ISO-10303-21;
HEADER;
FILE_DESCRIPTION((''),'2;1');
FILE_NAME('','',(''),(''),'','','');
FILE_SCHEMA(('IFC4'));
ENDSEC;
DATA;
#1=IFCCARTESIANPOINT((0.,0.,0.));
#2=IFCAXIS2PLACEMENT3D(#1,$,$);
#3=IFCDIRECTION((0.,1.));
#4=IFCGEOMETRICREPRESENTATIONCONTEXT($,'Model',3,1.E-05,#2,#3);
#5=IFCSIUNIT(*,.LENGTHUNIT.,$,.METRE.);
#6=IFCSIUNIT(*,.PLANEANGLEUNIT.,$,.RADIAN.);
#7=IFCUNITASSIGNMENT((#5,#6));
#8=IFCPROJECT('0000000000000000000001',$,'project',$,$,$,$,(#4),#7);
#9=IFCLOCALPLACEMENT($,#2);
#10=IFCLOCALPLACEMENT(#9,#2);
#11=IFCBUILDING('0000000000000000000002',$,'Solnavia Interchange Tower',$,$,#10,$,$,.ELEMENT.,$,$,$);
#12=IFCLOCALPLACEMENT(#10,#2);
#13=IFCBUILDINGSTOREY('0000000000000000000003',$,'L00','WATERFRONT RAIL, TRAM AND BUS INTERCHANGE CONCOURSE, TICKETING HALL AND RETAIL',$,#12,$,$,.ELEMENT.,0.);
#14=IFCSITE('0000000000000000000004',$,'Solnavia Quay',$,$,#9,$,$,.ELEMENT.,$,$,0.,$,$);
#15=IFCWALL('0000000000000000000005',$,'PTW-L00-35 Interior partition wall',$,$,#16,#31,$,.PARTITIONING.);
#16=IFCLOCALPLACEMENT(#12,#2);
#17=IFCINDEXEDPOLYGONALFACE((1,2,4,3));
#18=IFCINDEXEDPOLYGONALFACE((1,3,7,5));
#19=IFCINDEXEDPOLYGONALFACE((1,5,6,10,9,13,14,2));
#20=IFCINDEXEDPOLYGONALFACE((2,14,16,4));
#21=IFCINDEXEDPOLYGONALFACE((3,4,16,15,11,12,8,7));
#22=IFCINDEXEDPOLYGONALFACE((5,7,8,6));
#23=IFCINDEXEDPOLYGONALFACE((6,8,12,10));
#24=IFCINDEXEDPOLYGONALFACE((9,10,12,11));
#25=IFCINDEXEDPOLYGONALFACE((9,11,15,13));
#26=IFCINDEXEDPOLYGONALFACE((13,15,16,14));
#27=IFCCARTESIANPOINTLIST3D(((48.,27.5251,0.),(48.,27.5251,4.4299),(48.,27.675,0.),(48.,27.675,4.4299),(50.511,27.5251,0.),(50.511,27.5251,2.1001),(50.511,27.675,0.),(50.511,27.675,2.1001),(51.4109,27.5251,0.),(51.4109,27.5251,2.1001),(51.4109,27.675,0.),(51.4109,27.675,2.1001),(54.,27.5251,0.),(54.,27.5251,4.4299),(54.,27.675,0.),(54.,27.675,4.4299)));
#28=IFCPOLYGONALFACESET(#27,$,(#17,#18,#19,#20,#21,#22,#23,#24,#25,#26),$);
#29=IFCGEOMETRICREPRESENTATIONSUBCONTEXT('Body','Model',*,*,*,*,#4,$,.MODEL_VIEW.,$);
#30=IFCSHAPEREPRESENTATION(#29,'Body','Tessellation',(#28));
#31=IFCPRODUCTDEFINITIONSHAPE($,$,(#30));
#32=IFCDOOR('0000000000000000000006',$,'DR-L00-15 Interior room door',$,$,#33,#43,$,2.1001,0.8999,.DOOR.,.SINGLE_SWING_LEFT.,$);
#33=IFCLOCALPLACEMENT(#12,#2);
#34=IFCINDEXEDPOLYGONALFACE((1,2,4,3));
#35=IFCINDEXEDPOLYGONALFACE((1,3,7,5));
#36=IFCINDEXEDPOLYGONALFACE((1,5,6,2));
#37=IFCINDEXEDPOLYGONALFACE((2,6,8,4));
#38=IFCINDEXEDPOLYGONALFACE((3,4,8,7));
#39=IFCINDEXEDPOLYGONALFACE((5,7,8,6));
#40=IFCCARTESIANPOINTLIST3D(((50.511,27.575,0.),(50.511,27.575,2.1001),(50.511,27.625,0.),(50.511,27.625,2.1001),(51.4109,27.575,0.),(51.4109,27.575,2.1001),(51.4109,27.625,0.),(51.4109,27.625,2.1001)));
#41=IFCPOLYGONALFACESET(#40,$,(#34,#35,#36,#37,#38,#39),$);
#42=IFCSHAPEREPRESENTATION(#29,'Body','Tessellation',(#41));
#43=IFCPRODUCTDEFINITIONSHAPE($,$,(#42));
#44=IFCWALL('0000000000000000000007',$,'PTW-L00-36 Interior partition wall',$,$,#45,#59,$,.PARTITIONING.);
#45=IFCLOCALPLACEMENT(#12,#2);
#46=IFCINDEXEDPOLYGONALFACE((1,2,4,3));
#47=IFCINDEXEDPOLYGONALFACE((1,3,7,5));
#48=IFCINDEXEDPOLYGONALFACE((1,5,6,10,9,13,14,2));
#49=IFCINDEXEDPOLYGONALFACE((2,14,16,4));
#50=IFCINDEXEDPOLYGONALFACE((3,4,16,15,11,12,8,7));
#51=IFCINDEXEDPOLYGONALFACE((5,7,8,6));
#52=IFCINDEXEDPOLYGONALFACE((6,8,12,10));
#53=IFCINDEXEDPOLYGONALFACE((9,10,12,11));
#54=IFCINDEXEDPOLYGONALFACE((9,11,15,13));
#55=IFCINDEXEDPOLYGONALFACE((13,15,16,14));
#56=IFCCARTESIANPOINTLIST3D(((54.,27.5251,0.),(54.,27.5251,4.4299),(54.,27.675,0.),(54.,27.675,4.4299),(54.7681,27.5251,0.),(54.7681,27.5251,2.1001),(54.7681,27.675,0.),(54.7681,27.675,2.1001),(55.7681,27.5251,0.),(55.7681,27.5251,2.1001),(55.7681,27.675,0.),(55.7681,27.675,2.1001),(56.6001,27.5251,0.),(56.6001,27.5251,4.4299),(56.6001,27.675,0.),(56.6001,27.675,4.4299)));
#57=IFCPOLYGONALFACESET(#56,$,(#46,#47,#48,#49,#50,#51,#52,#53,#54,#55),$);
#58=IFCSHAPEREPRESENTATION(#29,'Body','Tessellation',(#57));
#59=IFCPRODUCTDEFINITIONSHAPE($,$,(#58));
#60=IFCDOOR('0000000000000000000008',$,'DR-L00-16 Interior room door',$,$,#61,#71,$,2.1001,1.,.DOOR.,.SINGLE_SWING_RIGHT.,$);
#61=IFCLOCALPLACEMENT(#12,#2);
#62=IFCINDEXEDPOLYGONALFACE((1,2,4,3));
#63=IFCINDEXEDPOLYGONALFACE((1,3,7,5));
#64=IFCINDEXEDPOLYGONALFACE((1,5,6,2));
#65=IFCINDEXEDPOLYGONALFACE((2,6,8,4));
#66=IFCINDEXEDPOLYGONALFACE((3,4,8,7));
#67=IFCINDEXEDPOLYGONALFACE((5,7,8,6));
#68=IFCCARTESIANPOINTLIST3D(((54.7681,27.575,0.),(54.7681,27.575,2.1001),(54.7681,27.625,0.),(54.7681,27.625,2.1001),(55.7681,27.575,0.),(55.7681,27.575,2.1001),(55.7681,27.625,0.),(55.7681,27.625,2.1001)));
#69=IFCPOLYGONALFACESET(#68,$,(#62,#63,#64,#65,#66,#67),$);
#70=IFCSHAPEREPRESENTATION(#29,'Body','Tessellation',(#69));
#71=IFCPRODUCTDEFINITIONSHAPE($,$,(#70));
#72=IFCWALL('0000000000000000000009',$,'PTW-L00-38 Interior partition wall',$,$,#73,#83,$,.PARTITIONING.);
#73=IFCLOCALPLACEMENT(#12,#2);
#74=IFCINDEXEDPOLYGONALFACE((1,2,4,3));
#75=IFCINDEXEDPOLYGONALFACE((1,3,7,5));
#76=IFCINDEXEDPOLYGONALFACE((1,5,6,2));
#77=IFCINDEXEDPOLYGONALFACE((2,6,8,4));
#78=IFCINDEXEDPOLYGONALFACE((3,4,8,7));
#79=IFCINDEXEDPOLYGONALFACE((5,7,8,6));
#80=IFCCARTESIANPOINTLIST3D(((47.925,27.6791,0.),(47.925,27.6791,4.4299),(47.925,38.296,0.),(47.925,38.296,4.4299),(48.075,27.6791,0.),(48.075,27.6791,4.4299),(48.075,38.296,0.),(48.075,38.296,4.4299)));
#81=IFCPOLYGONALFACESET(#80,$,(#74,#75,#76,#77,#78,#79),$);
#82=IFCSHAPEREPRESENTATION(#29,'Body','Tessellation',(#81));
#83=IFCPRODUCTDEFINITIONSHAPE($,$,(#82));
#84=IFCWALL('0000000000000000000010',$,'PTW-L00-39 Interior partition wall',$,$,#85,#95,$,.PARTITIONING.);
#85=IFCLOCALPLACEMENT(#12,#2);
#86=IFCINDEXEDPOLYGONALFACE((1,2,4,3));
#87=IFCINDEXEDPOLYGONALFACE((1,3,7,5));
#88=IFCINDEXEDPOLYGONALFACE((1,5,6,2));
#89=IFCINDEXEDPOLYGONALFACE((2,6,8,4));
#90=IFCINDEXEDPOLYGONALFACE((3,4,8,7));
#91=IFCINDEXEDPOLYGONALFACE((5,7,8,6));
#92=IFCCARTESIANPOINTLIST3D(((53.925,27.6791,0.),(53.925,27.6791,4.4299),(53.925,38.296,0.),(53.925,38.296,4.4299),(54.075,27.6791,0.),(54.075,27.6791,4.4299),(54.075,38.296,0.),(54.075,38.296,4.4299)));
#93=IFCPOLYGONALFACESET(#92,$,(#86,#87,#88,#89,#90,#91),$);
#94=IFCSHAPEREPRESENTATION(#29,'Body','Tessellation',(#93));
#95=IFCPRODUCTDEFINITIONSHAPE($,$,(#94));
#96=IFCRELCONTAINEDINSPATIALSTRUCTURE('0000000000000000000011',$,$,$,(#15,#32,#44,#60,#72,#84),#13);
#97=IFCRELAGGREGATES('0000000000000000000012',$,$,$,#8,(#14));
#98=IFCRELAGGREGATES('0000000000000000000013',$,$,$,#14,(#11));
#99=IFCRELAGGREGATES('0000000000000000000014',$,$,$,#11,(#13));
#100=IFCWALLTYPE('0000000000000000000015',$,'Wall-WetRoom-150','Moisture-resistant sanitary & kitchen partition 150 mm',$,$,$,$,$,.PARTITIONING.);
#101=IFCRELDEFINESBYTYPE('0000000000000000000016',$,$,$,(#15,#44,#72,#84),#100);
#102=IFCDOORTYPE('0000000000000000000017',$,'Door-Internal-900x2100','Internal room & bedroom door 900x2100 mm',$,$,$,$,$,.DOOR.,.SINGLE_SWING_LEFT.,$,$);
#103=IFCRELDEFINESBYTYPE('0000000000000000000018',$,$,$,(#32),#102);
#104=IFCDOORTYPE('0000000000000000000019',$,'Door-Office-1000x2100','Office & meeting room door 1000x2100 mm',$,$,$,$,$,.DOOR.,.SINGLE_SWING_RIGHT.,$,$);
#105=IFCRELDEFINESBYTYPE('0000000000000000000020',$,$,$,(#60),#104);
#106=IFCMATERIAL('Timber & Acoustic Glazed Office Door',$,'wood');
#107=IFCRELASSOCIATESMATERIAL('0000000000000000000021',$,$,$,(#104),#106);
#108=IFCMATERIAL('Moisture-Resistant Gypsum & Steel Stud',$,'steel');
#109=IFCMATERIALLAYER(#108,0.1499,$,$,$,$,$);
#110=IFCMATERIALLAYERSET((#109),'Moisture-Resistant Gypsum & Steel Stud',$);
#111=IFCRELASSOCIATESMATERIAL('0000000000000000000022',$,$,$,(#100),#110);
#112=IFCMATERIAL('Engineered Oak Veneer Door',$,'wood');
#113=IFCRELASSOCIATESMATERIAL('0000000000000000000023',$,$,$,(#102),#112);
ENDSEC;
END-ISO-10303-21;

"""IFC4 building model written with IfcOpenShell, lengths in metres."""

from ifc_helpers import new_model, si_unit, direction, frame, frame_2d, origin, place, context, subcontext, project, spatial, rectangle, extrude, material, layer, layer_set, type_object, element, fill, save


model = new_model("IFC4")

# Units and contexts
model_context = context("Model", 3, precision=1e-05, world=origin(), true_north=direction((0.0, 1.0)))
body_context = subcontext(model_context, "Body", "Model", "MODEL_VIEW")
ifc_project = project(units=[si_unit("LENGTHUNIT", "METRE"), si_unit("PLANEANGLEUNIT", "RADIAN")], contexts=[model_context])

# Site, building, storey
site_placement = place(None, origin())
site = spatial("IfcSite", under=ifc_project, at=site_placement, Name="Solnavia Quay", CompositionType="ELEMENT", RefElevation=0.0)
building_placement = place(site_placement, origin())
building = spatial("IfcBuilding", under=site, at=building_placement, Name="Solnavia Interchange Tower", CompositionType="ELEMENT")
storey_placement = place(building_placement, origin())
storey = spatial("IfcBuildingStorey", under=building, at=storey_placement, Name="L00", Description="WATERFRONT RAIL, TRAM AND BUS INTERCHANGE CONCOURSE, TICKETING HALL AND RETAIL", CompositionType="ELEMENT", Elevation=0.0)

# Walls, openings, doors
ifc_material_1 = material(Name="Timber & Acoustic Glazed Office Door", Category="wood")
door_type_1 = type_object("IfcDoorType", Name="Door-Office-1000x2100", Description="Office & meeting room door 1000x2100 mm", OperationType="SINGLE_SWING_RIGHT", PredefinedType="DOOR", material=ifc_material_1)
ifc_material_2 = material(Name="Moisture-Resistant Gypsum & Steel Stud", Category="steel")
ifc_layer_1 = layer(ifc_material_2, 0.1499)
ifc_layer_set_1 = layer_set([ifc_layer_1], Name="Moisture-Resistant Gypsum & Steel Stud")
wall_type_1 = type_object("IfcWallType", Name="Wall-WetRoom-150", Description="Moisture-resistant sanitary & kitchen partition 150 mm", PredefinedType="PARTITIONING", material=ifc_layer_set_1)
wall_1_placement = place(storey_placement, frame((48.0, 27.6001, 0.0), z_axis=(0.0, 0.0, 1.0), x_axis=(1.0, 0.0, 0.0)))
wall_1 = element("IfcWall", 1, at=wall_1_placement, inside=storey, type_object=wall_type_1, Name="PTW-L00-35 Interior partition wall", PredefinedType="PARTITIONING", context=body_context, shape_type="SweptSolid", body=[
    extrude(rectangle(XDim=6.0, YDim=0.1499, at=frame_2d((3.0, 0.0))), origin(), (0.0, 0.0, 1.0), 4.4299),
])
opening_1_placement = place(wall_1_placement, frame((2.511, 0.0, 0.0)))
opening_1 = element("IfcOpeningElement", 2, at=opening_1_placement, cuts=wall_1, PredefinedType="OPENING", context=body_context, shape_type="SweptSolid", body=[
    extrude(rectangle(XDim=0.8999, YDim=2.1001, at=frame_2d((0.45, 1.05))), frame((0.0, 0.085, 0.0), z_axis=(0.0, -1.0, 0.0), x_axis=(1.0, 0.0, 0.0)), (0.0, 0.0, 1.0), 0.1699),
])
ifc_material_3 = material(Name="Engineered Oak Veneer Door", Category="wood")
door_type_2 = type_object("IfcDoorType", Name="Door-Internal-900x2100", Description="Internal room & bedroom door 900x2100 mm", OperationType="SINGLE_SWING_LEFT", PredefinedType="DOOR", material=ifc_material_3)
door_1_placement = place(opening_1_placement, origin())
door_1 = element("IfcDoor", 3, at=door_1_placement, inside=storey, type_object=door_type_2, Name="DR-L00-15 Interior room door", OperationType="SINGLE_SWING_LEFT", OverallHeight=2.1001, OverallWidth=0.8999, PredefinedType="DOOR", context=body_context, shape_type="SweptSolid", body=[
    extrude(rectangle(XDim=0.8999, YDim=2.1001, at=frame_2d((0.45, 1.05))), frame((0.0, 0.0249, 0.0), z_axis=(0.0, -1.0, 0.0), x_axis=(1.0, 0.0, 0.0)), (0.0, 0.0, 1.0), 0.05),
])
fill(opening_1, door_1)
wall_2_placement = place(storey_placement, frame((54.0, 27.6001, 0.0), z_axis=(0.0, 0.0, 1.0), x_axis=(1.0, 0.0, 0.0)))
wall_2 = element("IfcWall", 4, at=wall_2_placement, inside=storey, type_object=wall_type_1, Name="PTW-L00-36 Interior partition wall", PredefinedType="PARTITIONING", context=body_context, shape_type="SweptSolid", body=[
    extrude(rectangle(XDim=2.6001, YDim=0.1499, at=frame_2d((1.3, 0.0))), origin(), (0.0, 0.0, 1.0), 4.4299),
])
opening_2_placement = place(wall_2_placement, frame((0.7681, 0.0, 0.0)))
opening_2 = element("IfcOpeningElement", 5, at=opening_2_placement, cuts=wall_2, PredefinedType="OPENING", context=body_context, shape_type="SweptSolid", body=[
    extrude(rectangle(XDim=1.0, YDim=2.1001, at=frame_2d((0.5, 1.05))), frame((0.0, 0.085, 0.0), z_axis=(0.0, -1.0, 0.0), x_axis=(1.0, 0.0, 0.0)), (0.0, 0.0, 1.0), 0.1699),
])
door_2_placement = place(opening_2_placement, origin())
door_2 = element("IfcDoor", 6, at=door_2_placement, inside=storey, type_object=door_type_1, Name="DR-L00-16 Interior room door", OperationType="SINGLE_SWING_RIGHT", OverallHeight=2.1001, OverallWidth=1.0, PredefinedType="DOOR", context=body_context, shape_type="SweptSolid", body=[
    extrude(rectangle(XDim=1.0, YDim=2.1001, at=frame_2d((0.5, 1.05))), frame((0.0, 0.0249, 0.0), z_axis=(0.0, -1.0, 0.0), x_axis=(1.0, 0.0, 0.0)), (0.0, 0.0, 1.0), 0.05),
])
fill(opening_2, door_2)

# Walls
for number, where, z_axis, x_axis, name in (
    (7, (48.0, 27.679, 0.0), (0.0, 0.0, 1.0), (0.0, 1.0, 0.0), "PTW-L00-38 Interior partition wall"),
    (8, (54.0, 27.679, 0.0), (0.0, 0.0, 1.0), (0.0, 1.0, 0.0), "PTW-L00-39 Interior partition wall"),
):
    element("IfcWall", number, at=place(storey_placement, frame(where, z_axis=z_axis, x_axis=x_axis)), inside=storey, type_object=wall_type_1, Name=name, PredefinedType="PARTITIONING", context=body_context, shape_type="SweptSolid", body=[
        extrude(rectangle(XDim=10.6169, YDim=0.1499, at=frame_2d((5.3086, 0.0))), origin(), (0.0, 0.0, 1.0), 4.4299),
    ])

save(model, "model.ifc")
